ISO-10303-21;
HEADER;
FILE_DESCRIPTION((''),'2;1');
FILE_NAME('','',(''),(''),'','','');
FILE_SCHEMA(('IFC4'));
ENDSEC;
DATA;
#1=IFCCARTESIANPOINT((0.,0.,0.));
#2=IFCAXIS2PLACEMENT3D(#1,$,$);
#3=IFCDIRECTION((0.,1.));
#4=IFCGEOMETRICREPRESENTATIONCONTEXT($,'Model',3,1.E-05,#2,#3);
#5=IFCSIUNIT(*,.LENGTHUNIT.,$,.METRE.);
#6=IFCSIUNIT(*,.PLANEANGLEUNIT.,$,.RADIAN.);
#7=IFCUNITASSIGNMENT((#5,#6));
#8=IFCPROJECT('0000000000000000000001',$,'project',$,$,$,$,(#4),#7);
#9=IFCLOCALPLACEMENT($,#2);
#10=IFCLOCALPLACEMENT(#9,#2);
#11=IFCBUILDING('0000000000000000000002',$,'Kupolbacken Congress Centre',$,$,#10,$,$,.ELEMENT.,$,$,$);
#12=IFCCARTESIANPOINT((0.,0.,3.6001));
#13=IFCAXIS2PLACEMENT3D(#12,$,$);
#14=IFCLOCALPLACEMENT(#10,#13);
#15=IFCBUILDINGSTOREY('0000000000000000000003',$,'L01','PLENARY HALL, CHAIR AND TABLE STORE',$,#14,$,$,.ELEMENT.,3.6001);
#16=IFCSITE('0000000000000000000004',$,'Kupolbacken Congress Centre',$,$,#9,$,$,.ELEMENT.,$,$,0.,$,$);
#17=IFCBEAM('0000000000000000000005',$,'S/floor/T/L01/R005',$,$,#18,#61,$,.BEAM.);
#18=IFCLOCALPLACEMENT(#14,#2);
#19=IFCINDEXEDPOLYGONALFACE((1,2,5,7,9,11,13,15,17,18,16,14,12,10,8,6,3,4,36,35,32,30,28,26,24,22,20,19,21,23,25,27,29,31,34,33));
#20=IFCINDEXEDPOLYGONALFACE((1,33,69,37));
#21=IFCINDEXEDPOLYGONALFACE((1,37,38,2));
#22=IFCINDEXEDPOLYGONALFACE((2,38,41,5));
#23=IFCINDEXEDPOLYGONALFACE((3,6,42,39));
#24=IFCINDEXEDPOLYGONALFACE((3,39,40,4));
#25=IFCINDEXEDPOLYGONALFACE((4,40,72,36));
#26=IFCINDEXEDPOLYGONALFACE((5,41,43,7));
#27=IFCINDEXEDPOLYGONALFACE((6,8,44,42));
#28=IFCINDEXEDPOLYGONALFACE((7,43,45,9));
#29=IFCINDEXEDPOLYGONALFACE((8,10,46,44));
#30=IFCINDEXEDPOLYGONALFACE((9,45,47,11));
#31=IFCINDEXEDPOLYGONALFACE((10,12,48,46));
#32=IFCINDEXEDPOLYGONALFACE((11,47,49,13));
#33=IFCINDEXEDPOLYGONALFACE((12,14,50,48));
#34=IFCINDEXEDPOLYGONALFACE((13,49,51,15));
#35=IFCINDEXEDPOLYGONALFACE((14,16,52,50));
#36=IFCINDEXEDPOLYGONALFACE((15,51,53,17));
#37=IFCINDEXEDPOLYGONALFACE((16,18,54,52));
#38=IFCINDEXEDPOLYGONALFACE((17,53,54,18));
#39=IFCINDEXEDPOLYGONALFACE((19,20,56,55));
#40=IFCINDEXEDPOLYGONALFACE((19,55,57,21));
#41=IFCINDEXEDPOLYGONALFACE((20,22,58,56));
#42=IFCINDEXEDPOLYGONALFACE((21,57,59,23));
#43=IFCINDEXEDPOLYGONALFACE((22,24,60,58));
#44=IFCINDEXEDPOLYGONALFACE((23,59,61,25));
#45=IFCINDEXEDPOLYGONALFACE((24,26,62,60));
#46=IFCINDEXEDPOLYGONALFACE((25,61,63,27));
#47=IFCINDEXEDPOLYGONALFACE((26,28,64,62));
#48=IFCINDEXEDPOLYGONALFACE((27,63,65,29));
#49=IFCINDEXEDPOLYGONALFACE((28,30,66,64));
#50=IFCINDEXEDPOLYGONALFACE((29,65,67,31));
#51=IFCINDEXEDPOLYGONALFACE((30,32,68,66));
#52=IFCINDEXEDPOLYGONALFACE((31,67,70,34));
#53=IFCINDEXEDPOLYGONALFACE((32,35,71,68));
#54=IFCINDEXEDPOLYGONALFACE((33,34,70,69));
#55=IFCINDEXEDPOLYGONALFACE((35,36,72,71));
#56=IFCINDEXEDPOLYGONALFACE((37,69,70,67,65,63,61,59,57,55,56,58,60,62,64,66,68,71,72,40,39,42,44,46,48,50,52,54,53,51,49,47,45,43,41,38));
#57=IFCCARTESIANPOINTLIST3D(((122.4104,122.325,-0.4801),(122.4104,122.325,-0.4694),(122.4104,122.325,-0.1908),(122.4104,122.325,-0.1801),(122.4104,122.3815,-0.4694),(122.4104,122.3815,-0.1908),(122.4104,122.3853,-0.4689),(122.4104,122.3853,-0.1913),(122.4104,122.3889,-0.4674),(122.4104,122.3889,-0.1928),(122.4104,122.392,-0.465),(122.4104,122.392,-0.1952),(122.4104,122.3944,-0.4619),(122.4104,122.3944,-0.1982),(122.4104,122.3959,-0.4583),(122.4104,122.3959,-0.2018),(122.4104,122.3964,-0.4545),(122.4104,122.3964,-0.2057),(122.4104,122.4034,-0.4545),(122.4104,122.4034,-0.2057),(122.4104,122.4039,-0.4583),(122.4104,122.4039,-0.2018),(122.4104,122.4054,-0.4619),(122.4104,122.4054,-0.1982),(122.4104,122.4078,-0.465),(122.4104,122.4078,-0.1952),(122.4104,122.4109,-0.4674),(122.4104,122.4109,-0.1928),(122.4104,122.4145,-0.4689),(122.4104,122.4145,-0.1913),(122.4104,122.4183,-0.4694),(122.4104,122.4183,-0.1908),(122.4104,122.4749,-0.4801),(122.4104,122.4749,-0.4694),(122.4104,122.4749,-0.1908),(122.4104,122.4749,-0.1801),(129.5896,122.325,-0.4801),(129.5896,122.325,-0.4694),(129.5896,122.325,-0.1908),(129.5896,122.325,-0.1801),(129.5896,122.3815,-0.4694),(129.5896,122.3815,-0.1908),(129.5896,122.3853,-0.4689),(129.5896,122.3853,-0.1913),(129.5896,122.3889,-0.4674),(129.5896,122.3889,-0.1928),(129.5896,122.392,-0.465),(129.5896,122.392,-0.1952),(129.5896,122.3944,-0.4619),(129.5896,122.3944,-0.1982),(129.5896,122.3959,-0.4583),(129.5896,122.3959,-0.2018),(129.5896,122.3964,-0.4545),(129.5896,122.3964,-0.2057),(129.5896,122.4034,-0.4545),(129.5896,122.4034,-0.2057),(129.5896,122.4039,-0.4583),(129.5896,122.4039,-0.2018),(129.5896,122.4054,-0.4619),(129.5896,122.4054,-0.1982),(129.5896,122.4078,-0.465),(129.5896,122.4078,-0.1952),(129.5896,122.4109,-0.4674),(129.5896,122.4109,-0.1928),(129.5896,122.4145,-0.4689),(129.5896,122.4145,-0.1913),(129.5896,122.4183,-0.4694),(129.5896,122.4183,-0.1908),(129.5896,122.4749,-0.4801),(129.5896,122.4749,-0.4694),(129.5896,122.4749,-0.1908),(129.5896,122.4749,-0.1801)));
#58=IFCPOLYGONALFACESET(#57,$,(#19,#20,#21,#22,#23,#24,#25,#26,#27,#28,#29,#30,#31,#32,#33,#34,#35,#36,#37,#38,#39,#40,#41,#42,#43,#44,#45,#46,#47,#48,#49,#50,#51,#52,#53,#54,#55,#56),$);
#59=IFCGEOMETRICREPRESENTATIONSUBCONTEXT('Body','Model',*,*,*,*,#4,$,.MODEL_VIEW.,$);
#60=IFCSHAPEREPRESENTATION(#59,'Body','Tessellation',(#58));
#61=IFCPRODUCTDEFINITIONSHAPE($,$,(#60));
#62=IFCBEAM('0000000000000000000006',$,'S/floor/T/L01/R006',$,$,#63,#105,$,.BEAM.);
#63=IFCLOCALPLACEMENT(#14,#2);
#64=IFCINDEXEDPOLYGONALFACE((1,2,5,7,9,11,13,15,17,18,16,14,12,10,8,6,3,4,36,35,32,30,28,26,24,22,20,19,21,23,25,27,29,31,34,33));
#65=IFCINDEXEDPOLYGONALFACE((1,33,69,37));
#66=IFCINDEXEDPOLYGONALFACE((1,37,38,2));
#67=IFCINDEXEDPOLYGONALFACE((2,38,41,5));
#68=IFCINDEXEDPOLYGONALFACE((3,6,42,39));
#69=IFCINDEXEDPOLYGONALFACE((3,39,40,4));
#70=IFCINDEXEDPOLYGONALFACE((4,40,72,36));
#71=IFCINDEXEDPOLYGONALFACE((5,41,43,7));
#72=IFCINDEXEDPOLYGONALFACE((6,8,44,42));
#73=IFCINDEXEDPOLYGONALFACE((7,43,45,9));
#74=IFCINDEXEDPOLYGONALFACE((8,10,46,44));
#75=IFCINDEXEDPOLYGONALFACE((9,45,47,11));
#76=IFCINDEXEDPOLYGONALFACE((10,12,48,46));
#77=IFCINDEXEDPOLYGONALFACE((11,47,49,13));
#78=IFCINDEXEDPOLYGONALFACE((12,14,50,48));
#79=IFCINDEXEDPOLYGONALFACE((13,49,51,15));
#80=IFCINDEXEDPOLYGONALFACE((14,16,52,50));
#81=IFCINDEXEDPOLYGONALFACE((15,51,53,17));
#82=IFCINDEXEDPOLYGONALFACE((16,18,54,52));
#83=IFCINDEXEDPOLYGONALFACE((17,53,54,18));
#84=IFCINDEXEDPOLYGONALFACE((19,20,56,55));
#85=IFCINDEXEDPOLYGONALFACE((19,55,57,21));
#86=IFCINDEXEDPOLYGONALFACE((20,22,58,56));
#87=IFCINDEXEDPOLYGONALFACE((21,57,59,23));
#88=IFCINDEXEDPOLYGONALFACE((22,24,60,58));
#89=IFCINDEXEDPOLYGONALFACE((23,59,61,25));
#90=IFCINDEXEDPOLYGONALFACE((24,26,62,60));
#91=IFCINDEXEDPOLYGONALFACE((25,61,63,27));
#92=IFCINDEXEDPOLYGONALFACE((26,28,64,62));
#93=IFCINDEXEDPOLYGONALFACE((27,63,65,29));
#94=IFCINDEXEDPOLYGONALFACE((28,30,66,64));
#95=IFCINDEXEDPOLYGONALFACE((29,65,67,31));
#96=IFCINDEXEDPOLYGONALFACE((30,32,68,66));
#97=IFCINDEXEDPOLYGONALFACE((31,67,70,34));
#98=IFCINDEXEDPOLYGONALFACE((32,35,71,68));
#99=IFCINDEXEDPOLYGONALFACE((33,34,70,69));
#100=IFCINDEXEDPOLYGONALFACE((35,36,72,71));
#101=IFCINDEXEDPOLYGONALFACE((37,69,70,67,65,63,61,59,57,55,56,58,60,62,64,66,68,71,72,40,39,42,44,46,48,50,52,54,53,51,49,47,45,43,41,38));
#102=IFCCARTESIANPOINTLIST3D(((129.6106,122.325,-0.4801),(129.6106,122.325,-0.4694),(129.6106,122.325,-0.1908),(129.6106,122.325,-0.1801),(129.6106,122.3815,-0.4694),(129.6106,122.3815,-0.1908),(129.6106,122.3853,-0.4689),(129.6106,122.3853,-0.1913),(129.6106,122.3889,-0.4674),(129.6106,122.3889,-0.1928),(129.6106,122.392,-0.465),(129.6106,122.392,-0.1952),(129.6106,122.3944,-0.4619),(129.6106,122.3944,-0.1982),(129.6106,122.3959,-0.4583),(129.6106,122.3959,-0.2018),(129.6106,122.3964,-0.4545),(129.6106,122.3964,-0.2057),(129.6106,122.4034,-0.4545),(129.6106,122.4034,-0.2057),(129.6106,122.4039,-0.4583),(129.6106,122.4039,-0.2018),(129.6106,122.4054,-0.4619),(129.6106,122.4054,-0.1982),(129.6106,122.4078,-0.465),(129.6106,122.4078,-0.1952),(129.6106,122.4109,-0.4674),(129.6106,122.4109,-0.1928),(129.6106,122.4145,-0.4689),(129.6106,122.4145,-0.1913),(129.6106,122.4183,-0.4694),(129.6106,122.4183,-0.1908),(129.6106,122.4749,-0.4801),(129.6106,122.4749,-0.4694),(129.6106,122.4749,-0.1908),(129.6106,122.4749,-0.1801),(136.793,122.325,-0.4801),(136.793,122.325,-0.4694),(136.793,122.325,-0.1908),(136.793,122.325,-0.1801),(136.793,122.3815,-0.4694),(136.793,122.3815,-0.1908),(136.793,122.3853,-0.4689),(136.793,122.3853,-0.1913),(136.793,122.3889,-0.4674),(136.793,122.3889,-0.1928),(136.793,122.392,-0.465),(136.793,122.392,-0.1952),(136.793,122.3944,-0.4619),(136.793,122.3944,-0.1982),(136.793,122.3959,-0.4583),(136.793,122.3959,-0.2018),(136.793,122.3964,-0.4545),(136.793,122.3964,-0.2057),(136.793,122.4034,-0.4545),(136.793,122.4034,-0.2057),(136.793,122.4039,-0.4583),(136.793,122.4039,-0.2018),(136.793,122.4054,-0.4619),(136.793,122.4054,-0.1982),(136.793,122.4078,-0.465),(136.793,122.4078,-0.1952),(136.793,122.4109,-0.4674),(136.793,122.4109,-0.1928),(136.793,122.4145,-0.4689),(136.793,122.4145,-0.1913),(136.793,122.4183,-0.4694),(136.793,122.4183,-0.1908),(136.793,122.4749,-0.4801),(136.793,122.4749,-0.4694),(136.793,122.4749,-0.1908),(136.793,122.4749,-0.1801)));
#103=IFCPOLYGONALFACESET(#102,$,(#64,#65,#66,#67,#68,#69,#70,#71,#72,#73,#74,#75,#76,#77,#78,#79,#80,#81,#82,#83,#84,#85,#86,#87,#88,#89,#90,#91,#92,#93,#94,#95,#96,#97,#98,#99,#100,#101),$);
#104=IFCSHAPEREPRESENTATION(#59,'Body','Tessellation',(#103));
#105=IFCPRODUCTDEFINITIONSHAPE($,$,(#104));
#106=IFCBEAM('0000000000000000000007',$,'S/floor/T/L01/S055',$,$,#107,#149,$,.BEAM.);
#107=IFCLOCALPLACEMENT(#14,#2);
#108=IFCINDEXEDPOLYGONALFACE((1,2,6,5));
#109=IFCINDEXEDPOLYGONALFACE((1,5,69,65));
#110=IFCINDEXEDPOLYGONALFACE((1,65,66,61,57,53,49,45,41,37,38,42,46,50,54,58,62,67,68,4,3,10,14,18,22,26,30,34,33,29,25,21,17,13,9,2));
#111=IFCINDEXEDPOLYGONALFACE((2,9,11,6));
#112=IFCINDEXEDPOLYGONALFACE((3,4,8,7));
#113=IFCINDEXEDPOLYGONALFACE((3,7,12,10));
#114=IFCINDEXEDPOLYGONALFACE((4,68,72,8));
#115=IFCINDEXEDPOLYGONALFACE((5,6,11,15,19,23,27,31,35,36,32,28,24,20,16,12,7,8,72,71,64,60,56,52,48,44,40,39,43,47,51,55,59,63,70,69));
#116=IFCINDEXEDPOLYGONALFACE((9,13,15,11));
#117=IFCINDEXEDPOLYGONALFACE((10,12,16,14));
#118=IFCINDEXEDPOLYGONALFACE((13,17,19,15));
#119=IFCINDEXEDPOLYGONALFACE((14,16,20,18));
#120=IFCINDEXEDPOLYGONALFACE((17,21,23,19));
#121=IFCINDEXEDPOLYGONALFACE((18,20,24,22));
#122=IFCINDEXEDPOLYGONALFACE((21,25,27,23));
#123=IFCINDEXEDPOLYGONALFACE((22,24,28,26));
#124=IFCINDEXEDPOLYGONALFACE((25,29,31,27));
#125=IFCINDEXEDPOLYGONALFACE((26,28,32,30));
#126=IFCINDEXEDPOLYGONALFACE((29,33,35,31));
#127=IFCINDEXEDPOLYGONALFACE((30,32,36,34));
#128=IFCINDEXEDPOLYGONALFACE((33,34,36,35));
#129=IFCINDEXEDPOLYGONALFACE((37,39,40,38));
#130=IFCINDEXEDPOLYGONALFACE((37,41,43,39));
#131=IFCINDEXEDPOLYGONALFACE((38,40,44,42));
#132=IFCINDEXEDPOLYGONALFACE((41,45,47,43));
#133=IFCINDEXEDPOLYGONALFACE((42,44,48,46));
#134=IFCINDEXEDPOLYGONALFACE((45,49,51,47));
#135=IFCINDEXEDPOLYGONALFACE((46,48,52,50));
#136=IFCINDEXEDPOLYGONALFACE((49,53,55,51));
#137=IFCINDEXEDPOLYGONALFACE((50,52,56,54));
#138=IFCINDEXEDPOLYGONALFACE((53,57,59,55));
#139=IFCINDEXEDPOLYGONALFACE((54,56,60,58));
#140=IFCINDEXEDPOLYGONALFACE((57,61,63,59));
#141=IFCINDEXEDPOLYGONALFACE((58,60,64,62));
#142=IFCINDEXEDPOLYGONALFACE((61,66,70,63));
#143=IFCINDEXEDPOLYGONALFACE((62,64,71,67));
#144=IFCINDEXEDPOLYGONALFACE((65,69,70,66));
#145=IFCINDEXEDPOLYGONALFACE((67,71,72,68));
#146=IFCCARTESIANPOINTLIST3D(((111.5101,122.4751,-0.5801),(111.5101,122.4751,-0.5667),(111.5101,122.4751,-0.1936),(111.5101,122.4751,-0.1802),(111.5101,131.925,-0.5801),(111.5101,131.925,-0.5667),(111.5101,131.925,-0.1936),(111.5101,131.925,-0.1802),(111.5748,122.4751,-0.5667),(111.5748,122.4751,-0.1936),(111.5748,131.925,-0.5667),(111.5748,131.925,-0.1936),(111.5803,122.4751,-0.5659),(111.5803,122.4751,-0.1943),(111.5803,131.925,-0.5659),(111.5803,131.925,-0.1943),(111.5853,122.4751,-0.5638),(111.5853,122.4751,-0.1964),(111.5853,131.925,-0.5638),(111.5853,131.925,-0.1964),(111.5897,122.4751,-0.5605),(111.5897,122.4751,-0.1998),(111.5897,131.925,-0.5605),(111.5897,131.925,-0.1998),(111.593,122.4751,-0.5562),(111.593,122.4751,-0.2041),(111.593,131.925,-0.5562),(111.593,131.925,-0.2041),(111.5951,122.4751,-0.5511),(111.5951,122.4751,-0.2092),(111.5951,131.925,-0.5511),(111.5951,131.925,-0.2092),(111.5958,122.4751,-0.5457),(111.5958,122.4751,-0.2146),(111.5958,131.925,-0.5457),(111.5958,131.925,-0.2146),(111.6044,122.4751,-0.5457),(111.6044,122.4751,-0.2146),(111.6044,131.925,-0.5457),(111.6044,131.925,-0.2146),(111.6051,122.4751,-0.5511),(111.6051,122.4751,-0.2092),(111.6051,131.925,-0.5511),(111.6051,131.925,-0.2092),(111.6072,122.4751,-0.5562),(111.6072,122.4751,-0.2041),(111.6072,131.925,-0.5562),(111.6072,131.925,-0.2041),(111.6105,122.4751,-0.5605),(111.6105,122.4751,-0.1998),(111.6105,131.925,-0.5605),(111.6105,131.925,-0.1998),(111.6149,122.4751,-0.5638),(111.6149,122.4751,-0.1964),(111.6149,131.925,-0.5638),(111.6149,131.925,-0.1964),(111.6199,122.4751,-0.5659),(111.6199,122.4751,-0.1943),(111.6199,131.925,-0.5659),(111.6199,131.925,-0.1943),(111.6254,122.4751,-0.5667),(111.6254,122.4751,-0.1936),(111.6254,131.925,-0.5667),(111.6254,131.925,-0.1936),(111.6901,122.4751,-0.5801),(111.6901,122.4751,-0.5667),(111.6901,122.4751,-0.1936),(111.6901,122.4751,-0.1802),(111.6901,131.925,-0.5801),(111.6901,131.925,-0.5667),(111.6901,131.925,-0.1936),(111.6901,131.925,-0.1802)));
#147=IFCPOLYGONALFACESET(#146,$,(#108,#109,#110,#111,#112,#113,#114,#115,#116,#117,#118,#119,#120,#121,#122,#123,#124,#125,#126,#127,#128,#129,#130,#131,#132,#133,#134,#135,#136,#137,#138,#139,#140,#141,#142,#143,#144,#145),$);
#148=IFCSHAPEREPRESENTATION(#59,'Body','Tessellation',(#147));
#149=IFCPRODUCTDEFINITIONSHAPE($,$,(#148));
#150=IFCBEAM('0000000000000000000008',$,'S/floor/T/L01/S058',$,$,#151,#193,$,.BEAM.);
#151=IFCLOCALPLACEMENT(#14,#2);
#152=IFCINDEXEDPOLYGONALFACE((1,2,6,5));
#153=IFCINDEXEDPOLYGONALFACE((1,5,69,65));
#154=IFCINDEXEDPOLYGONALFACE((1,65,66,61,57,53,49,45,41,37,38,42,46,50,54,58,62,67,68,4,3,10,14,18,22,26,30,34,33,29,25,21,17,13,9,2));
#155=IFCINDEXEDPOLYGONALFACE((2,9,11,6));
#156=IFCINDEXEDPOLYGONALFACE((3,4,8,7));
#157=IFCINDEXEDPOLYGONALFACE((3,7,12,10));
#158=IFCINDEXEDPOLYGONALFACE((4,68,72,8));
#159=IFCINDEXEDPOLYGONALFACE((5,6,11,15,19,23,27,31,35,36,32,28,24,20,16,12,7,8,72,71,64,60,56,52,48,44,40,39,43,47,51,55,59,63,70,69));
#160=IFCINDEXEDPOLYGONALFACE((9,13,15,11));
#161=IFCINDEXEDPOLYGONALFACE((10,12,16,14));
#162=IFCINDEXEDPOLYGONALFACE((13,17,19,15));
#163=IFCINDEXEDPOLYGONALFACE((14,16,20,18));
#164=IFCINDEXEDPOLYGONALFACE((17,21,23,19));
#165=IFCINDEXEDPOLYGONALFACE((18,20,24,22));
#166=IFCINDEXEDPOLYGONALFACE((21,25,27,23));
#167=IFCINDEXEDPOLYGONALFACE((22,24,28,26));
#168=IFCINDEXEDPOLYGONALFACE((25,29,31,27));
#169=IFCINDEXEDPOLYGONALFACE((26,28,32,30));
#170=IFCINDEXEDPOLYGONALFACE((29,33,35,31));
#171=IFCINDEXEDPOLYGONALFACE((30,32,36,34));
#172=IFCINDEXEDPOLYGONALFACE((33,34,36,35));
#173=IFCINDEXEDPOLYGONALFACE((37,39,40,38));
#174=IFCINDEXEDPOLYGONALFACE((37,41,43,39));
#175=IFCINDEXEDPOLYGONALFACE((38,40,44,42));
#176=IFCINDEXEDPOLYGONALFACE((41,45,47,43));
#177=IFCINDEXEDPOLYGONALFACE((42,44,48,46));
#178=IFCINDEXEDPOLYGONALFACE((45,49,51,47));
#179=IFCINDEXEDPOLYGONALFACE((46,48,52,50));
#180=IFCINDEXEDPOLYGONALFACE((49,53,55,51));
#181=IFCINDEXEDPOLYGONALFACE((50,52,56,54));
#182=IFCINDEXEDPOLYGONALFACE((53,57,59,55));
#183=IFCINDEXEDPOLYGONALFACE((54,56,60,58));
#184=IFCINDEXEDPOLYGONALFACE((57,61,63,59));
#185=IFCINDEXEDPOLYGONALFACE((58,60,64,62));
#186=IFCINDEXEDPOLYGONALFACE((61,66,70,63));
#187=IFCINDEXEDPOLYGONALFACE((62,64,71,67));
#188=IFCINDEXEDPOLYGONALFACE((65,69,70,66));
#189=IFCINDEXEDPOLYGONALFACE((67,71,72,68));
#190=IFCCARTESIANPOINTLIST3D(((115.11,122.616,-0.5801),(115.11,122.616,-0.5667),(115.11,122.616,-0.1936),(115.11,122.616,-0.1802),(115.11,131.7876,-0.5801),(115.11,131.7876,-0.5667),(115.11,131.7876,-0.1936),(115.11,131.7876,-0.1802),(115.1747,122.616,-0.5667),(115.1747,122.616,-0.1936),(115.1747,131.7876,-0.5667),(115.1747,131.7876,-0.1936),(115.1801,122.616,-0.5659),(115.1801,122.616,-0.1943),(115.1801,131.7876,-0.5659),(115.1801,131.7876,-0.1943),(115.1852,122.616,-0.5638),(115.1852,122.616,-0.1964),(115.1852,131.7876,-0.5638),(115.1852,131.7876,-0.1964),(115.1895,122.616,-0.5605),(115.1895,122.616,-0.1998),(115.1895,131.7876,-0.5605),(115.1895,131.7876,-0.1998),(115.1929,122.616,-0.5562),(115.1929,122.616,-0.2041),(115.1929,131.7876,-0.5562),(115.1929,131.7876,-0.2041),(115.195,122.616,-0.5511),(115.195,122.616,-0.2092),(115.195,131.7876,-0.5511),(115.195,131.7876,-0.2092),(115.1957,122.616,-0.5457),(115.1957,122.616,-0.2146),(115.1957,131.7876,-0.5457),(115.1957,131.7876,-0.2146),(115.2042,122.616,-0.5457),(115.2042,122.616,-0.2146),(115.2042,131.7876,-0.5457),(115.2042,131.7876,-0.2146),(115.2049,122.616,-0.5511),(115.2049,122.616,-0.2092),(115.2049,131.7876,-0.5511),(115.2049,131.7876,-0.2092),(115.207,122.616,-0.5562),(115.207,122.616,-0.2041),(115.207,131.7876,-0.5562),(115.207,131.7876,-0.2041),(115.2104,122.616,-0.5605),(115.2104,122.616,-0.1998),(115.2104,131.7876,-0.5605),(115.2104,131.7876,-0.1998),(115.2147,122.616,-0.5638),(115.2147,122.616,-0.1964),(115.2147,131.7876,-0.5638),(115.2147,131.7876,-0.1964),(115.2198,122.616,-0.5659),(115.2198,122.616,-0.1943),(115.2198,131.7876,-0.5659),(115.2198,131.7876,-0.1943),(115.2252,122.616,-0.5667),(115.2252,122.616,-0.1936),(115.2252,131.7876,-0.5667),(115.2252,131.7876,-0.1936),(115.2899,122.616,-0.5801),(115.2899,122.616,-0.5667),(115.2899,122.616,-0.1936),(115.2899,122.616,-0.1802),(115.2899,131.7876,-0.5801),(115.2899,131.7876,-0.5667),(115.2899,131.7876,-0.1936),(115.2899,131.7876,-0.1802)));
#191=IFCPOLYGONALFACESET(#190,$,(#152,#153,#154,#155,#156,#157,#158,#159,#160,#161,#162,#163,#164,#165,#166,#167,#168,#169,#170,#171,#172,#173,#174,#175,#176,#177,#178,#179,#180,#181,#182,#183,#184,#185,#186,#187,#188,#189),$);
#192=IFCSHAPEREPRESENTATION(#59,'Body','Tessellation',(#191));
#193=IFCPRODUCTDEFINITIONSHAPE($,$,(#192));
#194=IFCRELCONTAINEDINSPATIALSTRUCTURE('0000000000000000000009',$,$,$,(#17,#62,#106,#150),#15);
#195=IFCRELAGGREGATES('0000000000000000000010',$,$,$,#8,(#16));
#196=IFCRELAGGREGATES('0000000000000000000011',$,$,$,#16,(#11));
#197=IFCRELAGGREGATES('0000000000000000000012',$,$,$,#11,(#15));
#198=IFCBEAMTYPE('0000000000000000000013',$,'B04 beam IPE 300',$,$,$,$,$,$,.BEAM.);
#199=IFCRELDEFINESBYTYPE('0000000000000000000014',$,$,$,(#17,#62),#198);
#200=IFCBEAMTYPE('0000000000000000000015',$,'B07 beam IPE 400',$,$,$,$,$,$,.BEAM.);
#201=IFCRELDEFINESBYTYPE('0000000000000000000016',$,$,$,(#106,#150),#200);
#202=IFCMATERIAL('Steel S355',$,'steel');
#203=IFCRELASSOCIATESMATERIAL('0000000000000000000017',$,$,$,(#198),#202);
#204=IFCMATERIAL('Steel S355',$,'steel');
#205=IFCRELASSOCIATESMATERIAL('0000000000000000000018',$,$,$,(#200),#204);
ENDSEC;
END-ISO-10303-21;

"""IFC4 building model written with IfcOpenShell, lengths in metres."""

from ifc_helpers import new_model, si_unit, direction, frame, origin, origin_2d, place, context, subcontext, project, spatial, i_section, extrude, material, material_profile, profile_set, type_object, element, save


model = new_model("IFC4")

# Units and contexts
model_context = context("Model", 3, precision=1e-05, world=origin(), true_north=direction((0.0, 1.0)))
body_context = subcontext(model_context, "Body", "Model", "MODEL_VIEW")
ifc_project = project(units=[si_unit("LENGTHUNIT", "METRE"), si_unit("PLANEANGLEUNIT", "RADIAN")], contexts=[model_context])

# Site, building, storey
site_placement = place(None, origin())
site = spatial("IfcSite", under=ifc_project, at=site_placement, Name="Kupolbacken Congress Centre", CompositionType="ELEMENT", RefElevation=0.0)
building_placement = place(site_placement, origin())
building = spatial("IfcBuilding", under=site, at=building_placement, Name="Kupolbacken Congress Centre", CompositionType="ELEMENT")
storey_placement = place(building_placement, frame((0.0, 0.0, 3.6001)))
storey = spatial("IfcBuildingStorey", under=building, at=storey_placement, Name="L01", Description="PLENARY HALL, CHAIR AND TABLE STORE", CompositionType="ELEMENT", Elevation=3.6001)

# Beams
ifc_material_1 = material(Name="Steel S355", Category="steel")
ifc_material_profile_1 = material_profile(ifc_material_1, i_section(OverallWidth=0.1499, OverallDepth=0.3, WebThickness=0.0071, FlangeThickness=0.0107, FilletRadius=0.0149, at=origin_2d()), Name="IPE 300")
ifc_profile_set_1 = profile_set([ifc_material_profile_1], Name="Steel S355")
beam_type_1 = type_object("IfcBeamType", Name="B04 beam IPE 300", PredefinedType="BEAM", material=ifc_profile_set_1)
beam_1_placement = place(storey_placement, frame((122.4104, 122.3999, -0.3301), z_axis=(1.0, 0.0, 0.0), x_axis=(0.0, 1.0, 0.0)))
element("IfcBeam", 1, at=beam_1_placement, inside=storey, type_object=beam_type_1, Name="S/floor/T/L01/R005", PredefinedType="BEAM", context=body_context, shape_type="SweptSolid", body=[
    extrude(i_section(OverallWidth=0.1499, OverallDepth=0.3, WebThickness=0.0071, FlangeThickness=0.0107, FilletRadius=0.0149, at=origin_2d()), origin(), (0.0, 0.0, 1.0), 7.1792),
])
beam_2_placement = place(storey_placement, frame((129.6106, 122.3999, -0.3301), z_axis=(1.0, 0.0, 0.0), x_axis=(0.0, 1.0, 0.0)))
element("IfcBeam", 2, at=beam_2_placement, inside=storey, type_object=beam_type_1, Name="S/floor/T/L01/R006", PredefinedType="BEAM", context=body_context, shape_type="SweptSolid", body=[
    extrude(i_section(OverallWidth=0.1499, OverallDepth=0.3, WebThickness=0.0071, FlangeThickness=0.0107, FilletRadius=0.0149, at=origin_2d()), origin(), (0.0, 0.0, 1.0), 7.1824),
])
ifc_material_2 = material(Name="Steel S355", Category="steel")
ifc_material_profile_2 = material_profile(ifc_material_2, i_section(OverallWidth=0.1799, OverallDepth=0.3999, WebThickness=0.0085, FlangeThickness=0.0134, FilletRadius=0.021, at=origin_2d()), Name="IPE 400")
ifc_profile_set_2 = profile_set([ifc_material_profile_2], Name="Steel S355")
beam_type_2 = type_object("IfcBeamType", Name="B07 beam IPE 400", PredefinedType="BEAM", material=ifc_profile_set_2)
beam_3_placement = place(storey_placement, frame((111.6001, 122.4751, -0.3801), z_axis=(0.0, 1.0, 0.0), x_axis=(-1.0, 0.0, 0.0)))
element("IfcBeam", 3, at=beam_3_placement, inside=storey, type_object=beam_type_2, Name="S/floor/T/L01/S055", PredefinedType="BEAM", context=body_context, shape_type="SweptSolid", body=[
    extrude(i_section(OverallWidth=0.1799, OverallDepth=0.3999, WebThickness=0.0085, FlangeThickness=0.0134, FilletRadius=0.021, at=origin_2d()), origin(), (0.0, 0.0, 1.0), 9.45),
])
beam_4_placement = place(storey_placement, frame((115.2, 122.616, -0.3801), z_axis=(0.0, 1.0, 0.0), x_axis=(-1.0, 0.0, 0.0)))
element("IfcBeam", 4, at=beam_4_placement, inside=storey, type_object=beam_type_2, Name="S/floor/T/L01/S058", PredefinedType="BEAM", context=body_context, shape_type="SweptSolid", body=[
    extrude(i_section(OverallWidth=0.1799, OverallDepth=0.3999, WebThickness=0.0085, FlangeThickness=0.0134, FilletRadius=0.021, at=origin_2d()), origin(), (0.0, 0.0, 1.0), 9.1716),
])

save(model, "model.ifc")
